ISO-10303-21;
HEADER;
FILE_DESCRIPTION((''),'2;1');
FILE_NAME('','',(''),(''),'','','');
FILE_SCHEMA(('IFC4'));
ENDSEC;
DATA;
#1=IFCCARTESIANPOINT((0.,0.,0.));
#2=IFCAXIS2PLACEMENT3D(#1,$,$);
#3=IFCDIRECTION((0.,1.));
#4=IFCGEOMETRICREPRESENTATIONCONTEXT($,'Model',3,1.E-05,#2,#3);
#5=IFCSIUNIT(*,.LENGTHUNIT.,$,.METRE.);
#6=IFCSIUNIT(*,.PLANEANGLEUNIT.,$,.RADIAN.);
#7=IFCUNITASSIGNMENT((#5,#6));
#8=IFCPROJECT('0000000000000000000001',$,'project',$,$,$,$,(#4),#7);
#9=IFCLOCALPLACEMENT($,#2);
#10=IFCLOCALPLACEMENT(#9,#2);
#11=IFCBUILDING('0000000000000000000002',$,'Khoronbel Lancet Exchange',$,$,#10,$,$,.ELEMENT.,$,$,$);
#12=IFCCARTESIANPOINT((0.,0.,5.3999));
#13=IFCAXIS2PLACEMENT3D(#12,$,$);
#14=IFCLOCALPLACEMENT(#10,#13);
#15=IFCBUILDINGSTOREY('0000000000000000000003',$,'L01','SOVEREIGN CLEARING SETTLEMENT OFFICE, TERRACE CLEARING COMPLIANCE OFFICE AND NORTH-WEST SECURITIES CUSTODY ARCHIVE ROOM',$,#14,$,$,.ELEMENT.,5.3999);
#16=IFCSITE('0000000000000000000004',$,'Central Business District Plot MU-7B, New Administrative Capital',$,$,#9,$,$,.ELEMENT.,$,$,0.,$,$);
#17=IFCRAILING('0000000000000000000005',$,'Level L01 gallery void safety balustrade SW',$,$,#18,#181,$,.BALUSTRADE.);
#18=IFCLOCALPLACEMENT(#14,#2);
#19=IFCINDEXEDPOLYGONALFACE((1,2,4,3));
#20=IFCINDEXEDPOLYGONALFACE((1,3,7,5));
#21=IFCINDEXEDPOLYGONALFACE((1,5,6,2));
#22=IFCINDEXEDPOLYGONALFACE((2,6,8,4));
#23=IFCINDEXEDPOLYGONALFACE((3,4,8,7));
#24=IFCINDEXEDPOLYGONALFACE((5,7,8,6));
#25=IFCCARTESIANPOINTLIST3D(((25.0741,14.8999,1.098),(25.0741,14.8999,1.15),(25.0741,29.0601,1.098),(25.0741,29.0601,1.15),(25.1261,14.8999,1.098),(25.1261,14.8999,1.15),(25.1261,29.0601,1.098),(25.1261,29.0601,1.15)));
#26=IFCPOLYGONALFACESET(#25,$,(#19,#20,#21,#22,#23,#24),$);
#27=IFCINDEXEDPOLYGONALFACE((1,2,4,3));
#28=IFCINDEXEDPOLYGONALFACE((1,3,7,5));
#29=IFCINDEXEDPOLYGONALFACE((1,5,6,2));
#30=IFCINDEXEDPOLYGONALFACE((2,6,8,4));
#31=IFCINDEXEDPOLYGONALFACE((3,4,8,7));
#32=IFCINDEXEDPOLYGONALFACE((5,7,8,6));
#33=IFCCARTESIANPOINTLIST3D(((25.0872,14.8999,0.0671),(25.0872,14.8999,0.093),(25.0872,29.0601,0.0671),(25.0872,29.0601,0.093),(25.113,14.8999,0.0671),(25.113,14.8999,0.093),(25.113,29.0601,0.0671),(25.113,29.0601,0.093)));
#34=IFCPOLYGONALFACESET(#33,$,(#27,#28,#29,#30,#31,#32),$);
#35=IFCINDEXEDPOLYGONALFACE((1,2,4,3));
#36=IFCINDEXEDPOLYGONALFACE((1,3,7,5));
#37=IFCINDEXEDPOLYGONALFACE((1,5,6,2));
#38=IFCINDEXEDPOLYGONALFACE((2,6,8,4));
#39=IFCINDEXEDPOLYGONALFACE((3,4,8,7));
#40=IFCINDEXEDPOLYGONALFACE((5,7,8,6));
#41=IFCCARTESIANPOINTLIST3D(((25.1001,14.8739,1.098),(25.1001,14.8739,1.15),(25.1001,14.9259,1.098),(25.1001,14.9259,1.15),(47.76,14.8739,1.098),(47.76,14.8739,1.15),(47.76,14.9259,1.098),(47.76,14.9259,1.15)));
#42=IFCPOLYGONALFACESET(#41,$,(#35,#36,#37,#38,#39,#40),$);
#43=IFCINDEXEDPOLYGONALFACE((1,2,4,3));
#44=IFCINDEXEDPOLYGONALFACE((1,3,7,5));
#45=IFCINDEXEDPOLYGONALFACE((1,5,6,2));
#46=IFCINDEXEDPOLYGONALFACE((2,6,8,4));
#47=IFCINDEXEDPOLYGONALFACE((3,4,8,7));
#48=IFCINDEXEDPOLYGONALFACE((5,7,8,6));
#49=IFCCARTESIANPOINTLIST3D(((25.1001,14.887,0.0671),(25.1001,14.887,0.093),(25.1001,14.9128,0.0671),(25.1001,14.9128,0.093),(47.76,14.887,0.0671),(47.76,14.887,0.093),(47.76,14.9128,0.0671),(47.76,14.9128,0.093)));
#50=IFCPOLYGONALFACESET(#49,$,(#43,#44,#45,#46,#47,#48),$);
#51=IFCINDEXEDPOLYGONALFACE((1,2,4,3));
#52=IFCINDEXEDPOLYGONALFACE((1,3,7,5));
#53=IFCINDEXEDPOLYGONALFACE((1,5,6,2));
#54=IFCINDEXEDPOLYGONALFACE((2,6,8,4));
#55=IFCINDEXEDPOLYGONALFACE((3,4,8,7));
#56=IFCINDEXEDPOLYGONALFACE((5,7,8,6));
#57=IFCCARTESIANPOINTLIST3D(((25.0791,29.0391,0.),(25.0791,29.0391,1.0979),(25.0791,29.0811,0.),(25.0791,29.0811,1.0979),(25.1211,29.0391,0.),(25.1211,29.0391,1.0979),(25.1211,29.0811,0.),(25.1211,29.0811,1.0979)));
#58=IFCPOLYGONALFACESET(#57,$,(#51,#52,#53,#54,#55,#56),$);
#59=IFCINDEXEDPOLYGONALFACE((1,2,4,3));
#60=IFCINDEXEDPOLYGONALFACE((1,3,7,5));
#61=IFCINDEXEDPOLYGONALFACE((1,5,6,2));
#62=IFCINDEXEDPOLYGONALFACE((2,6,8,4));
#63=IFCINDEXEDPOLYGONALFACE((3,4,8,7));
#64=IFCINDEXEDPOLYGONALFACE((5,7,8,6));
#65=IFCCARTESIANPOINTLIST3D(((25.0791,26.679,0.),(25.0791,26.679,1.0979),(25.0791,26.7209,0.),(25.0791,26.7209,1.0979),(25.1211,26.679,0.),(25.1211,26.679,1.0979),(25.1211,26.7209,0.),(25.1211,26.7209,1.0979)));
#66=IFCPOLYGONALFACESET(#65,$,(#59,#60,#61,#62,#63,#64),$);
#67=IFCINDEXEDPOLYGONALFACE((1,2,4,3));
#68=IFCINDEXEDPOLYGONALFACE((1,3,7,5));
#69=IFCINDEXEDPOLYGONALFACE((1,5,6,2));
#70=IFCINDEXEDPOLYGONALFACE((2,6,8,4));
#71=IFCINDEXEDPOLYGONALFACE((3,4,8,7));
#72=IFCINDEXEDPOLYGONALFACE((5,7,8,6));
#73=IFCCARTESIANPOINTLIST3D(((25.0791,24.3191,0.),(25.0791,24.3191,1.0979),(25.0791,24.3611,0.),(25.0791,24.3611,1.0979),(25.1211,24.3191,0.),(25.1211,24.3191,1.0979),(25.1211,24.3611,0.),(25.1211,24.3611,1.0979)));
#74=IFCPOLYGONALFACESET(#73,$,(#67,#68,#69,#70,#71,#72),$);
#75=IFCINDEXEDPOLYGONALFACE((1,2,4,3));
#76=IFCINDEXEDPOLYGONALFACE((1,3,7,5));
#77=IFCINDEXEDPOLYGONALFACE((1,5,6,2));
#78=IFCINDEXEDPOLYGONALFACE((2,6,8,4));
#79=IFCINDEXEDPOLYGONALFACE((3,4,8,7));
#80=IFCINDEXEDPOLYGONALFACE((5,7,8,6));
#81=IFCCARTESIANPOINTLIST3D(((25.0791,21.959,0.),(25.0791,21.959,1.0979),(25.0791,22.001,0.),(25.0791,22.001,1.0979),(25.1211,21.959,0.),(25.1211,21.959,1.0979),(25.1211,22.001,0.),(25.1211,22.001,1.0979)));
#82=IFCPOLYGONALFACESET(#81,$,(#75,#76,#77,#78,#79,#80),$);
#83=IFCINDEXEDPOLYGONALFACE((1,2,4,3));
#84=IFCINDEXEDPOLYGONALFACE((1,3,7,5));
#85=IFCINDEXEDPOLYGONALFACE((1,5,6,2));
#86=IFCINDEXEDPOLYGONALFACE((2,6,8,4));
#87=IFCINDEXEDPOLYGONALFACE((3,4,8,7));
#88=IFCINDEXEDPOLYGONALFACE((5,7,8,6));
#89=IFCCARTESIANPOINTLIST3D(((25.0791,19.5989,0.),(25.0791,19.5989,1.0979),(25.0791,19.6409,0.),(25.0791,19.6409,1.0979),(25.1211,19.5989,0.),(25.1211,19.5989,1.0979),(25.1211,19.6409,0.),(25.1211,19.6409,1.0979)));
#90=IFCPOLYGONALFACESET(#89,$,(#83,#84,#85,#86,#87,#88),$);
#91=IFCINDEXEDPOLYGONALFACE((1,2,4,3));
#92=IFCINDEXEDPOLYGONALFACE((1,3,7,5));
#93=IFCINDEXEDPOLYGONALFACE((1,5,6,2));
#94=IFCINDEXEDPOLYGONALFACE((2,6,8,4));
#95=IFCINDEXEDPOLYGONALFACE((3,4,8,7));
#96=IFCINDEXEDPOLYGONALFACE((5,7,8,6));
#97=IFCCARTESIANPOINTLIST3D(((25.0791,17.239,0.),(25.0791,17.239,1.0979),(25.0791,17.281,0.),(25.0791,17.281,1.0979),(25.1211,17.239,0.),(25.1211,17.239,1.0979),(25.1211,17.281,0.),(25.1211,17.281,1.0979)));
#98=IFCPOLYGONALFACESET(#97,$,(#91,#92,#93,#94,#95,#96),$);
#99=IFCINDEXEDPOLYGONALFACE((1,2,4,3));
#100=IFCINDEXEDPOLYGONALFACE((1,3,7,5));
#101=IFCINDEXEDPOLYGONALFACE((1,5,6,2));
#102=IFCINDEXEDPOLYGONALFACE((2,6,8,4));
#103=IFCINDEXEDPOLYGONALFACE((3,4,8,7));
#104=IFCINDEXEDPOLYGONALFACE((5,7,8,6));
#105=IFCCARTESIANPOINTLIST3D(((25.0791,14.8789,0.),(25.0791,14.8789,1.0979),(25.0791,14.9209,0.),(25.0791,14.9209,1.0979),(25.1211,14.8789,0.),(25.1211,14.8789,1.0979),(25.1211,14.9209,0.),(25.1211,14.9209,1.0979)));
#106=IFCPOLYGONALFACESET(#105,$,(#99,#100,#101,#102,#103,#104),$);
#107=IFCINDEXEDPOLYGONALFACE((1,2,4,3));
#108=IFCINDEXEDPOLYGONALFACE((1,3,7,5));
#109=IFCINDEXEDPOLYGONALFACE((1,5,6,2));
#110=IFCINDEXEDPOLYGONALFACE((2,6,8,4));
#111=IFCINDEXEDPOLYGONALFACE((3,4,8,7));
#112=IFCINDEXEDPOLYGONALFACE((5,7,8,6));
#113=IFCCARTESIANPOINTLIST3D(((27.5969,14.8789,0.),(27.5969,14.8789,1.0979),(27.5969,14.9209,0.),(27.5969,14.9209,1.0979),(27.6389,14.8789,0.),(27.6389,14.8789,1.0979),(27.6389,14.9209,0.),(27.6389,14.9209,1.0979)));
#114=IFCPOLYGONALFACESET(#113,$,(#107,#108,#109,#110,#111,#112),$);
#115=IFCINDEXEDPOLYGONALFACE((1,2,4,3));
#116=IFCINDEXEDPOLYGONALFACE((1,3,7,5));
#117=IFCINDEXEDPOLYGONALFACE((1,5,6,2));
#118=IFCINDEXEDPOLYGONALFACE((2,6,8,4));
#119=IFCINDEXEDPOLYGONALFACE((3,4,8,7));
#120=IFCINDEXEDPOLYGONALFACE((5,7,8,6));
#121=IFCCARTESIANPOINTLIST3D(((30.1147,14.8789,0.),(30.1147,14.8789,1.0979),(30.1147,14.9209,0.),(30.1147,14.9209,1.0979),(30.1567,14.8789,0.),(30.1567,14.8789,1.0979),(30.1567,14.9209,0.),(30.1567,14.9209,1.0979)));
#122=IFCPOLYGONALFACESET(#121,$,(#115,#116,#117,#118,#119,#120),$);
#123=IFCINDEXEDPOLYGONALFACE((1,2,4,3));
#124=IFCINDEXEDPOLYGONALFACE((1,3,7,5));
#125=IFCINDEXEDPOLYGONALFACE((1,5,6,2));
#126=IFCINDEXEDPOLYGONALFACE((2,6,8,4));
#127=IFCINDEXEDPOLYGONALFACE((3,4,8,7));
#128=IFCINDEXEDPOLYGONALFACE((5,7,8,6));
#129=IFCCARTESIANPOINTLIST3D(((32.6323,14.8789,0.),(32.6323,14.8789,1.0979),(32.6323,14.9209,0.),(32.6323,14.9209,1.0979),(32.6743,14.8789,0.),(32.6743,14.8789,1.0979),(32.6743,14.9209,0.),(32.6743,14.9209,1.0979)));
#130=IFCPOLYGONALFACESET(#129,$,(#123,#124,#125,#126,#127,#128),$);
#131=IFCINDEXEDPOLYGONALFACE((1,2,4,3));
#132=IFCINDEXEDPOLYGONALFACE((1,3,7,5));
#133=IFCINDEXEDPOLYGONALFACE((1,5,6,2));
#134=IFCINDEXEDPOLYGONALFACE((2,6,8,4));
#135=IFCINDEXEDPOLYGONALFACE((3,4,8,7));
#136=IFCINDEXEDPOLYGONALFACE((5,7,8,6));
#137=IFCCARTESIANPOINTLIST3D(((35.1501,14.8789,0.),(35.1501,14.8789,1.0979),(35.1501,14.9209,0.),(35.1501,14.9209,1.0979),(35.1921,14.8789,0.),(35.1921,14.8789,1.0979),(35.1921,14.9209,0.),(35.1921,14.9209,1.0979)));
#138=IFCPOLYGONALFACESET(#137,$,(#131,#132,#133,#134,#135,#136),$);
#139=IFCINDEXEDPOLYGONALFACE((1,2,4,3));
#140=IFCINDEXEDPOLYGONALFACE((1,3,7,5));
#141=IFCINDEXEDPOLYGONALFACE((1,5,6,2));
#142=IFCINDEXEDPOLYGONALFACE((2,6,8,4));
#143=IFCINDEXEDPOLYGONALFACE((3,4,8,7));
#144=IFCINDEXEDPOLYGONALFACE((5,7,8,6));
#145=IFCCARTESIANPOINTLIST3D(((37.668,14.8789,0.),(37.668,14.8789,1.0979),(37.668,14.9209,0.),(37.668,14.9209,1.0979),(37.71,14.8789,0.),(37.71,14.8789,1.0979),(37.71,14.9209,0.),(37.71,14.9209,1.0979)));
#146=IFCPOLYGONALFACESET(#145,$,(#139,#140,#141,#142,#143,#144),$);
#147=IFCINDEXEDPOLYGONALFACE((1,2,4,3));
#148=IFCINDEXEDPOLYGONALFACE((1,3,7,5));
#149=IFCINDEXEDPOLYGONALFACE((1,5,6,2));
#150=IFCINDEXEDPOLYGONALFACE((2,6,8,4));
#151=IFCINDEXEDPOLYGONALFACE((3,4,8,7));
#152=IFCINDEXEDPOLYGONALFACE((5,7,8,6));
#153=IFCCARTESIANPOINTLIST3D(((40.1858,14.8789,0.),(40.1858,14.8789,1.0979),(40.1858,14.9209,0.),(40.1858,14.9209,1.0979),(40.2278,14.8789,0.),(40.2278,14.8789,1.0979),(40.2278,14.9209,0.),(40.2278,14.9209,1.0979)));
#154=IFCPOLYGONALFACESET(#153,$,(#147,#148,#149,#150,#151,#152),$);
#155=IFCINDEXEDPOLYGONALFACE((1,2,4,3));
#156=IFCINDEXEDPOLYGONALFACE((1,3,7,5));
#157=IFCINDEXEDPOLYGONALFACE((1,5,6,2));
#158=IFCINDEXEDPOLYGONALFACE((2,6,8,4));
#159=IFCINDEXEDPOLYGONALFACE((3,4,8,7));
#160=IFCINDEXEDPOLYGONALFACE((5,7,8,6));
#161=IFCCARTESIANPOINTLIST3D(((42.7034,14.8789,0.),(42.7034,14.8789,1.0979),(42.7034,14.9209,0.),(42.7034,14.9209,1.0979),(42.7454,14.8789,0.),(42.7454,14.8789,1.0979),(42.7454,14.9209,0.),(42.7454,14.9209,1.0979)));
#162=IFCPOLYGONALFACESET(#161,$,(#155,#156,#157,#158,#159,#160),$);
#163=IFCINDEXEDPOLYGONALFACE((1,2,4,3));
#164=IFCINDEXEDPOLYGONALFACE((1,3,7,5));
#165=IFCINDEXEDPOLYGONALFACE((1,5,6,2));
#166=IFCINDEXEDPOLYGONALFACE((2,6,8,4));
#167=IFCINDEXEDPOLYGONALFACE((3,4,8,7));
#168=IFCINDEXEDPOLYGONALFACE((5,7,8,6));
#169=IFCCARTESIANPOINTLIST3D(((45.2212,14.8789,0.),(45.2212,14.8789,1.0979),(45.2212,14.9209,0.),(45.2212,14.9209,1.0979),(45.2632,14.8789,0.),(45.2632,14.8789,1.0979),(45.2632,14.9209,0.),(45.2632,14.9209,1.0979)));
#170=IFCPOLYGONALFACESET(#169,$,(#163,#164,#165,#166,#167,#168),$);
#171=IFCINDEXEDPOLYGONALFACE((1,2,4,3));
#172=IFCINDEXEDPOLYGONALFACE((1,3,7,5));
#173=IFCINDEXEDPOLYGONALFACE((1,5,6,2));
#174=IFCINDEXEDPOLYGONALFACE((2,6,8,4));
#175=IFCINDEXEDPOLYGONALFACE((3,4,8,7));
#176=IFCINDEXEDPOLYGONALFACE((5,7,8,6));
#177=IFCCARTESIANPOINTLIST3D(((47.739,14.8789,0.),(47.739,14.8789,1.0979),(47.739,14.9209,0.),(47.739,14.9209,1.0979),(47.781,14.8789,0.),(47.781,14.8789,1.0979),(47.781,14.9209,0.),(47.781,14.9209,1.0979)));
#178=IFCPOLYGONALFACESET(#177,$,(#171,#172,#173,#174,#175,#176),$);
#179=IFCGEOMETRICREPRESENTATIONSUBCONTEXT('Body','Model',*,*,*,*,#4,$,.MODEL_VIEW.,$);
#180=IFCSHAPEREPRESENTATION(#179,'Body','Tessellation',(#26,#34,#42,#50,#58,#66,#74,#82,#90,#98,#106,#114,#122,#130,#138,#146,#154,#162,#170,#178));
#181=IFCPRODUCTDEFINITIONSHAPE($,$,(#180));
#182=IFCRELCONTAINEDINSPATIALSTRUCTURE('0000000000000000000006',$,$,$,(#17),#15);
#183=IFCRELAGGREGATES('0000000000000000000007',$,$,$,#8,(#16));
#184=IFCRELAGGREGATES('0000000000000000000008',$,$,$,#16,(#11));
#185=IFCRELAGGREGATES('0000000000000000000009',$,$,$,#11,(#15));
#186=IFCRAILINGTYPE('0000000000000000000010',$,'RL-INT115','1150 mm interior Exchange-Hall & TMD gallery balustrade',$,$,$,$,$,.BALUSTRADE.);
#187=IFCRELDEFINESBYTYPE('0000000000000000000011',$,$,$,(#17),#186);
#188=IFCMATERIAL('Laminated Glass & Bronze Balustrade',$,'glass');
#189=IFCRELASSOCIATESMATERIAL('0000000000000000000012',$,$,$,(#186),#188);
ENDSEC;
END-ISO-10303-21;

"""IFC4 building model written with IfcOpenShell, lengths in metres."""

from ifc_helpers import new_model, si_unit, direction, frame, origin, origin_2d, place, context, subcontext, project, spatial, rectangle, extrude, material, type_object, element, save


model = new_model("IFC4")

# Units and contexts
model_context = context("Model", 3, precision=1e-05, world=origin(), true_north=direction((0.0, 1.0)))
body_context = subcontext(model_context, "Body", "Model", "MODEL_VIEW")
ifc_project = project(units=[si_unit("LENGTHUNIT", "METRE"), si_unit("PLANEANGLEUNIT", "RADIAN")], contexts=[model_context])

# Site, building, storey
site_placement = place(None, origin())
site = spatial("IfcSite", under=ifc_project, at=site_placement, Name="Central Business District Plot MU-7B, New Administrative Capital", CompositionType="ELEMENT", RefElevation=0.0)
building_placement = place(site_placement, origin())
building = spatial("IfcBuilding", under=site, at=building_placement, Name="Khoronbel Lancet Exchange", CompositionType="ELEMENT")
storey_placement = place(building_placement, frame((0.0, 0.0, 5.3999)))
storey = spatial("IfcBuildingStorey", under=building, at=storey_placement, Name="L01", Description="SOVEREIGN CLEARING SETTLEMENT OFFICE, TERRACE CLEARING COMPLIANCE OFFICE AND NORTH-WEST SECURITIES CUSTODY ARCHIVE ROOM", CompositionType="ELEMENT", Elevation=5.3999)

# Railing
ifc_material_1 = material(Name="Laminated Glass & Bronze Balustrade", Category="glass")
railing_type = type_object("IfcRailingType", Name="RL-INT115", Description="1150 mm interior Exchange-Hall & TMD gallery balustrade", PredefinedType="BALUSTRADE", material=ifc_material_1)
railing_1_placement = place(storey_placement, frame((25.1001, 29.0601, 0.0)))
element("IfcRailing", 1, at=railing_1_placement, inside=storey, type_object=railing_type, Name="Level L01 gallery void safety balustrade SW", PredefinedType="BALUSTRADE", context=body_context, shape_type="SweptSolid", body=[
    extrude(rectangle(XDim=0.052, YDim=0.052, at=origin_2d()), frame((0.0, 0.0, 1.124), z_axis=(0.0, -1.0, 0.0), x_axis=(1.0, 0.0, 0.0)), (0.0, 0.0, 1.0), 14.1602),
    extrude(rectangle(XDim=0.0259, YDim=0.0259, at=origin_2d()), frame((0.0, 0.0, 0.0801), z_axis=(0.0, -1.0, 0.0), x_axis=(1.0, 0.0, 0.0)), (0.0, 0.0, 1.0), 14.1602),
    extrude(rectangle(XDim=0.052, YDim=0.052, at=origin_2d()), frame((0.0, -14.1602, 1.124), z_axis=(1.0, 0.0, 0.0), x_axis=(0.0, 1.0, 0.0)), (0.0, 0.0, 1.0), 22.6599),
    extrude(rectangle(XDim=0.0259, YDim=0.0259, at=origin_2d()), frame((0.0, -14.1602, 0.0801), z_axis=(1.0, 0.0, 0.0), x_axis=(0.0, 1.0, 0.0)), (0.0, 0.0, 1.0), 22.6599),
    extrude(rectangle(XDim=0.042, YDim=0.042, at=origin_2d()), origin(), (0.0, 0.0, 1.0), 1.0979),
    extrude(rectangle(XDim=0.042, YDim=0.042, at=origin_2d()), frame((0.0, -2.3601, 0.0)), (0.0, 0.0, 1.0), 1.0979),
    extrude(rectangle(XDim=0.042, YDim=0.042, at=origin_2d()), frame((0.0, -4.72, 0.0)), (0.0, 0.0, 1.0), 1.0979),
    extrude(rectangle(XDim=0.042, YDim=0.042, at=origin_2d()), frame((0.0, -7.0801, 0.0)), (0.0, 0.0, 1.0), 1.0979),
    extrude(rectangle(XDim=0.042, YDim=0.042, at=origin_2d()), frame((0.0, -9.4402, 0.0)), (0.0, 0.0, 1.0), 1.0979),
    extrude(rectangle(XDim=0.042, YDim=0.042, at=origin_2d()), frame((0.0, -11.8, 0.0)), (0.0, 0.0, 1.0), 1.0979),
    extrude(rectangle(XDim=0.042, YDim=0.042, at=origin_2d()), frame((0.0, -14.1602, 0.0)), (0.0, 0.0, 1.0), 1.0979),
    extrude(rectangle(XDim=0.042, YDim=0.042, at=origin_2d()), frame((2.5178, -14.1602, 0.0)), (0.0, 0.0, 1.0), 1.0979),
    extrude(rectangle(XDim=0.042, YDim=0.042, at=origin_2d()), frame((5.0356, -14.1602, 0.0)), (0.0, 0.0, 1.0), 1.0979),
    extrude(rectangle(XDim=0.042, YDim=0.042, at=origin_2d()), frame((7.5532, -14.1602, 0.0)), (0.0, 0.0, 1.0), 1.0979),
    extrude(rectangle(XDim=0.042, YDim=0.042, at=origin_2d()), frame((10.071, -14.1602, 0.0)), (0.0, 0.0, 1.0), 1.0979),
    extrude(rectangle(XDim=0.042, YDim=0.042, at=origin_2d()), frame((12.5889, -14.1602, 0.0)), (0.0, 0.0, 1.0), 1.0979),
    extrude(rectangle(XDim=0.042, YDim=0.042, at=origin_2d()), frame((15.1067, -14.1602, 0.0)), (0.0, 0.0, 1.0), 1.0979),
    extrude(rectangle(XDim=0.042, YDim=0.042, at=origin_2d()), frame((17.6243, -14.1602, 0.0)), (0.0, 0.0, 1.0), 1.0979),
    extrude(rectangle(XDim=0.042, YDim=0.042, at=origin_2d()), frame((20.1421, -14.1602, 0.0)), (0.0, 0.0, 1.0), 1.0979),
    extrude(rectangle(XDim=0.042, YDim=0.042, at=origin_2d()), frame((22.6599, -14.1602, 0.0)), (0.0, 0.0, 1.0), 1.0979),
])

save(model, "model.ifc")
